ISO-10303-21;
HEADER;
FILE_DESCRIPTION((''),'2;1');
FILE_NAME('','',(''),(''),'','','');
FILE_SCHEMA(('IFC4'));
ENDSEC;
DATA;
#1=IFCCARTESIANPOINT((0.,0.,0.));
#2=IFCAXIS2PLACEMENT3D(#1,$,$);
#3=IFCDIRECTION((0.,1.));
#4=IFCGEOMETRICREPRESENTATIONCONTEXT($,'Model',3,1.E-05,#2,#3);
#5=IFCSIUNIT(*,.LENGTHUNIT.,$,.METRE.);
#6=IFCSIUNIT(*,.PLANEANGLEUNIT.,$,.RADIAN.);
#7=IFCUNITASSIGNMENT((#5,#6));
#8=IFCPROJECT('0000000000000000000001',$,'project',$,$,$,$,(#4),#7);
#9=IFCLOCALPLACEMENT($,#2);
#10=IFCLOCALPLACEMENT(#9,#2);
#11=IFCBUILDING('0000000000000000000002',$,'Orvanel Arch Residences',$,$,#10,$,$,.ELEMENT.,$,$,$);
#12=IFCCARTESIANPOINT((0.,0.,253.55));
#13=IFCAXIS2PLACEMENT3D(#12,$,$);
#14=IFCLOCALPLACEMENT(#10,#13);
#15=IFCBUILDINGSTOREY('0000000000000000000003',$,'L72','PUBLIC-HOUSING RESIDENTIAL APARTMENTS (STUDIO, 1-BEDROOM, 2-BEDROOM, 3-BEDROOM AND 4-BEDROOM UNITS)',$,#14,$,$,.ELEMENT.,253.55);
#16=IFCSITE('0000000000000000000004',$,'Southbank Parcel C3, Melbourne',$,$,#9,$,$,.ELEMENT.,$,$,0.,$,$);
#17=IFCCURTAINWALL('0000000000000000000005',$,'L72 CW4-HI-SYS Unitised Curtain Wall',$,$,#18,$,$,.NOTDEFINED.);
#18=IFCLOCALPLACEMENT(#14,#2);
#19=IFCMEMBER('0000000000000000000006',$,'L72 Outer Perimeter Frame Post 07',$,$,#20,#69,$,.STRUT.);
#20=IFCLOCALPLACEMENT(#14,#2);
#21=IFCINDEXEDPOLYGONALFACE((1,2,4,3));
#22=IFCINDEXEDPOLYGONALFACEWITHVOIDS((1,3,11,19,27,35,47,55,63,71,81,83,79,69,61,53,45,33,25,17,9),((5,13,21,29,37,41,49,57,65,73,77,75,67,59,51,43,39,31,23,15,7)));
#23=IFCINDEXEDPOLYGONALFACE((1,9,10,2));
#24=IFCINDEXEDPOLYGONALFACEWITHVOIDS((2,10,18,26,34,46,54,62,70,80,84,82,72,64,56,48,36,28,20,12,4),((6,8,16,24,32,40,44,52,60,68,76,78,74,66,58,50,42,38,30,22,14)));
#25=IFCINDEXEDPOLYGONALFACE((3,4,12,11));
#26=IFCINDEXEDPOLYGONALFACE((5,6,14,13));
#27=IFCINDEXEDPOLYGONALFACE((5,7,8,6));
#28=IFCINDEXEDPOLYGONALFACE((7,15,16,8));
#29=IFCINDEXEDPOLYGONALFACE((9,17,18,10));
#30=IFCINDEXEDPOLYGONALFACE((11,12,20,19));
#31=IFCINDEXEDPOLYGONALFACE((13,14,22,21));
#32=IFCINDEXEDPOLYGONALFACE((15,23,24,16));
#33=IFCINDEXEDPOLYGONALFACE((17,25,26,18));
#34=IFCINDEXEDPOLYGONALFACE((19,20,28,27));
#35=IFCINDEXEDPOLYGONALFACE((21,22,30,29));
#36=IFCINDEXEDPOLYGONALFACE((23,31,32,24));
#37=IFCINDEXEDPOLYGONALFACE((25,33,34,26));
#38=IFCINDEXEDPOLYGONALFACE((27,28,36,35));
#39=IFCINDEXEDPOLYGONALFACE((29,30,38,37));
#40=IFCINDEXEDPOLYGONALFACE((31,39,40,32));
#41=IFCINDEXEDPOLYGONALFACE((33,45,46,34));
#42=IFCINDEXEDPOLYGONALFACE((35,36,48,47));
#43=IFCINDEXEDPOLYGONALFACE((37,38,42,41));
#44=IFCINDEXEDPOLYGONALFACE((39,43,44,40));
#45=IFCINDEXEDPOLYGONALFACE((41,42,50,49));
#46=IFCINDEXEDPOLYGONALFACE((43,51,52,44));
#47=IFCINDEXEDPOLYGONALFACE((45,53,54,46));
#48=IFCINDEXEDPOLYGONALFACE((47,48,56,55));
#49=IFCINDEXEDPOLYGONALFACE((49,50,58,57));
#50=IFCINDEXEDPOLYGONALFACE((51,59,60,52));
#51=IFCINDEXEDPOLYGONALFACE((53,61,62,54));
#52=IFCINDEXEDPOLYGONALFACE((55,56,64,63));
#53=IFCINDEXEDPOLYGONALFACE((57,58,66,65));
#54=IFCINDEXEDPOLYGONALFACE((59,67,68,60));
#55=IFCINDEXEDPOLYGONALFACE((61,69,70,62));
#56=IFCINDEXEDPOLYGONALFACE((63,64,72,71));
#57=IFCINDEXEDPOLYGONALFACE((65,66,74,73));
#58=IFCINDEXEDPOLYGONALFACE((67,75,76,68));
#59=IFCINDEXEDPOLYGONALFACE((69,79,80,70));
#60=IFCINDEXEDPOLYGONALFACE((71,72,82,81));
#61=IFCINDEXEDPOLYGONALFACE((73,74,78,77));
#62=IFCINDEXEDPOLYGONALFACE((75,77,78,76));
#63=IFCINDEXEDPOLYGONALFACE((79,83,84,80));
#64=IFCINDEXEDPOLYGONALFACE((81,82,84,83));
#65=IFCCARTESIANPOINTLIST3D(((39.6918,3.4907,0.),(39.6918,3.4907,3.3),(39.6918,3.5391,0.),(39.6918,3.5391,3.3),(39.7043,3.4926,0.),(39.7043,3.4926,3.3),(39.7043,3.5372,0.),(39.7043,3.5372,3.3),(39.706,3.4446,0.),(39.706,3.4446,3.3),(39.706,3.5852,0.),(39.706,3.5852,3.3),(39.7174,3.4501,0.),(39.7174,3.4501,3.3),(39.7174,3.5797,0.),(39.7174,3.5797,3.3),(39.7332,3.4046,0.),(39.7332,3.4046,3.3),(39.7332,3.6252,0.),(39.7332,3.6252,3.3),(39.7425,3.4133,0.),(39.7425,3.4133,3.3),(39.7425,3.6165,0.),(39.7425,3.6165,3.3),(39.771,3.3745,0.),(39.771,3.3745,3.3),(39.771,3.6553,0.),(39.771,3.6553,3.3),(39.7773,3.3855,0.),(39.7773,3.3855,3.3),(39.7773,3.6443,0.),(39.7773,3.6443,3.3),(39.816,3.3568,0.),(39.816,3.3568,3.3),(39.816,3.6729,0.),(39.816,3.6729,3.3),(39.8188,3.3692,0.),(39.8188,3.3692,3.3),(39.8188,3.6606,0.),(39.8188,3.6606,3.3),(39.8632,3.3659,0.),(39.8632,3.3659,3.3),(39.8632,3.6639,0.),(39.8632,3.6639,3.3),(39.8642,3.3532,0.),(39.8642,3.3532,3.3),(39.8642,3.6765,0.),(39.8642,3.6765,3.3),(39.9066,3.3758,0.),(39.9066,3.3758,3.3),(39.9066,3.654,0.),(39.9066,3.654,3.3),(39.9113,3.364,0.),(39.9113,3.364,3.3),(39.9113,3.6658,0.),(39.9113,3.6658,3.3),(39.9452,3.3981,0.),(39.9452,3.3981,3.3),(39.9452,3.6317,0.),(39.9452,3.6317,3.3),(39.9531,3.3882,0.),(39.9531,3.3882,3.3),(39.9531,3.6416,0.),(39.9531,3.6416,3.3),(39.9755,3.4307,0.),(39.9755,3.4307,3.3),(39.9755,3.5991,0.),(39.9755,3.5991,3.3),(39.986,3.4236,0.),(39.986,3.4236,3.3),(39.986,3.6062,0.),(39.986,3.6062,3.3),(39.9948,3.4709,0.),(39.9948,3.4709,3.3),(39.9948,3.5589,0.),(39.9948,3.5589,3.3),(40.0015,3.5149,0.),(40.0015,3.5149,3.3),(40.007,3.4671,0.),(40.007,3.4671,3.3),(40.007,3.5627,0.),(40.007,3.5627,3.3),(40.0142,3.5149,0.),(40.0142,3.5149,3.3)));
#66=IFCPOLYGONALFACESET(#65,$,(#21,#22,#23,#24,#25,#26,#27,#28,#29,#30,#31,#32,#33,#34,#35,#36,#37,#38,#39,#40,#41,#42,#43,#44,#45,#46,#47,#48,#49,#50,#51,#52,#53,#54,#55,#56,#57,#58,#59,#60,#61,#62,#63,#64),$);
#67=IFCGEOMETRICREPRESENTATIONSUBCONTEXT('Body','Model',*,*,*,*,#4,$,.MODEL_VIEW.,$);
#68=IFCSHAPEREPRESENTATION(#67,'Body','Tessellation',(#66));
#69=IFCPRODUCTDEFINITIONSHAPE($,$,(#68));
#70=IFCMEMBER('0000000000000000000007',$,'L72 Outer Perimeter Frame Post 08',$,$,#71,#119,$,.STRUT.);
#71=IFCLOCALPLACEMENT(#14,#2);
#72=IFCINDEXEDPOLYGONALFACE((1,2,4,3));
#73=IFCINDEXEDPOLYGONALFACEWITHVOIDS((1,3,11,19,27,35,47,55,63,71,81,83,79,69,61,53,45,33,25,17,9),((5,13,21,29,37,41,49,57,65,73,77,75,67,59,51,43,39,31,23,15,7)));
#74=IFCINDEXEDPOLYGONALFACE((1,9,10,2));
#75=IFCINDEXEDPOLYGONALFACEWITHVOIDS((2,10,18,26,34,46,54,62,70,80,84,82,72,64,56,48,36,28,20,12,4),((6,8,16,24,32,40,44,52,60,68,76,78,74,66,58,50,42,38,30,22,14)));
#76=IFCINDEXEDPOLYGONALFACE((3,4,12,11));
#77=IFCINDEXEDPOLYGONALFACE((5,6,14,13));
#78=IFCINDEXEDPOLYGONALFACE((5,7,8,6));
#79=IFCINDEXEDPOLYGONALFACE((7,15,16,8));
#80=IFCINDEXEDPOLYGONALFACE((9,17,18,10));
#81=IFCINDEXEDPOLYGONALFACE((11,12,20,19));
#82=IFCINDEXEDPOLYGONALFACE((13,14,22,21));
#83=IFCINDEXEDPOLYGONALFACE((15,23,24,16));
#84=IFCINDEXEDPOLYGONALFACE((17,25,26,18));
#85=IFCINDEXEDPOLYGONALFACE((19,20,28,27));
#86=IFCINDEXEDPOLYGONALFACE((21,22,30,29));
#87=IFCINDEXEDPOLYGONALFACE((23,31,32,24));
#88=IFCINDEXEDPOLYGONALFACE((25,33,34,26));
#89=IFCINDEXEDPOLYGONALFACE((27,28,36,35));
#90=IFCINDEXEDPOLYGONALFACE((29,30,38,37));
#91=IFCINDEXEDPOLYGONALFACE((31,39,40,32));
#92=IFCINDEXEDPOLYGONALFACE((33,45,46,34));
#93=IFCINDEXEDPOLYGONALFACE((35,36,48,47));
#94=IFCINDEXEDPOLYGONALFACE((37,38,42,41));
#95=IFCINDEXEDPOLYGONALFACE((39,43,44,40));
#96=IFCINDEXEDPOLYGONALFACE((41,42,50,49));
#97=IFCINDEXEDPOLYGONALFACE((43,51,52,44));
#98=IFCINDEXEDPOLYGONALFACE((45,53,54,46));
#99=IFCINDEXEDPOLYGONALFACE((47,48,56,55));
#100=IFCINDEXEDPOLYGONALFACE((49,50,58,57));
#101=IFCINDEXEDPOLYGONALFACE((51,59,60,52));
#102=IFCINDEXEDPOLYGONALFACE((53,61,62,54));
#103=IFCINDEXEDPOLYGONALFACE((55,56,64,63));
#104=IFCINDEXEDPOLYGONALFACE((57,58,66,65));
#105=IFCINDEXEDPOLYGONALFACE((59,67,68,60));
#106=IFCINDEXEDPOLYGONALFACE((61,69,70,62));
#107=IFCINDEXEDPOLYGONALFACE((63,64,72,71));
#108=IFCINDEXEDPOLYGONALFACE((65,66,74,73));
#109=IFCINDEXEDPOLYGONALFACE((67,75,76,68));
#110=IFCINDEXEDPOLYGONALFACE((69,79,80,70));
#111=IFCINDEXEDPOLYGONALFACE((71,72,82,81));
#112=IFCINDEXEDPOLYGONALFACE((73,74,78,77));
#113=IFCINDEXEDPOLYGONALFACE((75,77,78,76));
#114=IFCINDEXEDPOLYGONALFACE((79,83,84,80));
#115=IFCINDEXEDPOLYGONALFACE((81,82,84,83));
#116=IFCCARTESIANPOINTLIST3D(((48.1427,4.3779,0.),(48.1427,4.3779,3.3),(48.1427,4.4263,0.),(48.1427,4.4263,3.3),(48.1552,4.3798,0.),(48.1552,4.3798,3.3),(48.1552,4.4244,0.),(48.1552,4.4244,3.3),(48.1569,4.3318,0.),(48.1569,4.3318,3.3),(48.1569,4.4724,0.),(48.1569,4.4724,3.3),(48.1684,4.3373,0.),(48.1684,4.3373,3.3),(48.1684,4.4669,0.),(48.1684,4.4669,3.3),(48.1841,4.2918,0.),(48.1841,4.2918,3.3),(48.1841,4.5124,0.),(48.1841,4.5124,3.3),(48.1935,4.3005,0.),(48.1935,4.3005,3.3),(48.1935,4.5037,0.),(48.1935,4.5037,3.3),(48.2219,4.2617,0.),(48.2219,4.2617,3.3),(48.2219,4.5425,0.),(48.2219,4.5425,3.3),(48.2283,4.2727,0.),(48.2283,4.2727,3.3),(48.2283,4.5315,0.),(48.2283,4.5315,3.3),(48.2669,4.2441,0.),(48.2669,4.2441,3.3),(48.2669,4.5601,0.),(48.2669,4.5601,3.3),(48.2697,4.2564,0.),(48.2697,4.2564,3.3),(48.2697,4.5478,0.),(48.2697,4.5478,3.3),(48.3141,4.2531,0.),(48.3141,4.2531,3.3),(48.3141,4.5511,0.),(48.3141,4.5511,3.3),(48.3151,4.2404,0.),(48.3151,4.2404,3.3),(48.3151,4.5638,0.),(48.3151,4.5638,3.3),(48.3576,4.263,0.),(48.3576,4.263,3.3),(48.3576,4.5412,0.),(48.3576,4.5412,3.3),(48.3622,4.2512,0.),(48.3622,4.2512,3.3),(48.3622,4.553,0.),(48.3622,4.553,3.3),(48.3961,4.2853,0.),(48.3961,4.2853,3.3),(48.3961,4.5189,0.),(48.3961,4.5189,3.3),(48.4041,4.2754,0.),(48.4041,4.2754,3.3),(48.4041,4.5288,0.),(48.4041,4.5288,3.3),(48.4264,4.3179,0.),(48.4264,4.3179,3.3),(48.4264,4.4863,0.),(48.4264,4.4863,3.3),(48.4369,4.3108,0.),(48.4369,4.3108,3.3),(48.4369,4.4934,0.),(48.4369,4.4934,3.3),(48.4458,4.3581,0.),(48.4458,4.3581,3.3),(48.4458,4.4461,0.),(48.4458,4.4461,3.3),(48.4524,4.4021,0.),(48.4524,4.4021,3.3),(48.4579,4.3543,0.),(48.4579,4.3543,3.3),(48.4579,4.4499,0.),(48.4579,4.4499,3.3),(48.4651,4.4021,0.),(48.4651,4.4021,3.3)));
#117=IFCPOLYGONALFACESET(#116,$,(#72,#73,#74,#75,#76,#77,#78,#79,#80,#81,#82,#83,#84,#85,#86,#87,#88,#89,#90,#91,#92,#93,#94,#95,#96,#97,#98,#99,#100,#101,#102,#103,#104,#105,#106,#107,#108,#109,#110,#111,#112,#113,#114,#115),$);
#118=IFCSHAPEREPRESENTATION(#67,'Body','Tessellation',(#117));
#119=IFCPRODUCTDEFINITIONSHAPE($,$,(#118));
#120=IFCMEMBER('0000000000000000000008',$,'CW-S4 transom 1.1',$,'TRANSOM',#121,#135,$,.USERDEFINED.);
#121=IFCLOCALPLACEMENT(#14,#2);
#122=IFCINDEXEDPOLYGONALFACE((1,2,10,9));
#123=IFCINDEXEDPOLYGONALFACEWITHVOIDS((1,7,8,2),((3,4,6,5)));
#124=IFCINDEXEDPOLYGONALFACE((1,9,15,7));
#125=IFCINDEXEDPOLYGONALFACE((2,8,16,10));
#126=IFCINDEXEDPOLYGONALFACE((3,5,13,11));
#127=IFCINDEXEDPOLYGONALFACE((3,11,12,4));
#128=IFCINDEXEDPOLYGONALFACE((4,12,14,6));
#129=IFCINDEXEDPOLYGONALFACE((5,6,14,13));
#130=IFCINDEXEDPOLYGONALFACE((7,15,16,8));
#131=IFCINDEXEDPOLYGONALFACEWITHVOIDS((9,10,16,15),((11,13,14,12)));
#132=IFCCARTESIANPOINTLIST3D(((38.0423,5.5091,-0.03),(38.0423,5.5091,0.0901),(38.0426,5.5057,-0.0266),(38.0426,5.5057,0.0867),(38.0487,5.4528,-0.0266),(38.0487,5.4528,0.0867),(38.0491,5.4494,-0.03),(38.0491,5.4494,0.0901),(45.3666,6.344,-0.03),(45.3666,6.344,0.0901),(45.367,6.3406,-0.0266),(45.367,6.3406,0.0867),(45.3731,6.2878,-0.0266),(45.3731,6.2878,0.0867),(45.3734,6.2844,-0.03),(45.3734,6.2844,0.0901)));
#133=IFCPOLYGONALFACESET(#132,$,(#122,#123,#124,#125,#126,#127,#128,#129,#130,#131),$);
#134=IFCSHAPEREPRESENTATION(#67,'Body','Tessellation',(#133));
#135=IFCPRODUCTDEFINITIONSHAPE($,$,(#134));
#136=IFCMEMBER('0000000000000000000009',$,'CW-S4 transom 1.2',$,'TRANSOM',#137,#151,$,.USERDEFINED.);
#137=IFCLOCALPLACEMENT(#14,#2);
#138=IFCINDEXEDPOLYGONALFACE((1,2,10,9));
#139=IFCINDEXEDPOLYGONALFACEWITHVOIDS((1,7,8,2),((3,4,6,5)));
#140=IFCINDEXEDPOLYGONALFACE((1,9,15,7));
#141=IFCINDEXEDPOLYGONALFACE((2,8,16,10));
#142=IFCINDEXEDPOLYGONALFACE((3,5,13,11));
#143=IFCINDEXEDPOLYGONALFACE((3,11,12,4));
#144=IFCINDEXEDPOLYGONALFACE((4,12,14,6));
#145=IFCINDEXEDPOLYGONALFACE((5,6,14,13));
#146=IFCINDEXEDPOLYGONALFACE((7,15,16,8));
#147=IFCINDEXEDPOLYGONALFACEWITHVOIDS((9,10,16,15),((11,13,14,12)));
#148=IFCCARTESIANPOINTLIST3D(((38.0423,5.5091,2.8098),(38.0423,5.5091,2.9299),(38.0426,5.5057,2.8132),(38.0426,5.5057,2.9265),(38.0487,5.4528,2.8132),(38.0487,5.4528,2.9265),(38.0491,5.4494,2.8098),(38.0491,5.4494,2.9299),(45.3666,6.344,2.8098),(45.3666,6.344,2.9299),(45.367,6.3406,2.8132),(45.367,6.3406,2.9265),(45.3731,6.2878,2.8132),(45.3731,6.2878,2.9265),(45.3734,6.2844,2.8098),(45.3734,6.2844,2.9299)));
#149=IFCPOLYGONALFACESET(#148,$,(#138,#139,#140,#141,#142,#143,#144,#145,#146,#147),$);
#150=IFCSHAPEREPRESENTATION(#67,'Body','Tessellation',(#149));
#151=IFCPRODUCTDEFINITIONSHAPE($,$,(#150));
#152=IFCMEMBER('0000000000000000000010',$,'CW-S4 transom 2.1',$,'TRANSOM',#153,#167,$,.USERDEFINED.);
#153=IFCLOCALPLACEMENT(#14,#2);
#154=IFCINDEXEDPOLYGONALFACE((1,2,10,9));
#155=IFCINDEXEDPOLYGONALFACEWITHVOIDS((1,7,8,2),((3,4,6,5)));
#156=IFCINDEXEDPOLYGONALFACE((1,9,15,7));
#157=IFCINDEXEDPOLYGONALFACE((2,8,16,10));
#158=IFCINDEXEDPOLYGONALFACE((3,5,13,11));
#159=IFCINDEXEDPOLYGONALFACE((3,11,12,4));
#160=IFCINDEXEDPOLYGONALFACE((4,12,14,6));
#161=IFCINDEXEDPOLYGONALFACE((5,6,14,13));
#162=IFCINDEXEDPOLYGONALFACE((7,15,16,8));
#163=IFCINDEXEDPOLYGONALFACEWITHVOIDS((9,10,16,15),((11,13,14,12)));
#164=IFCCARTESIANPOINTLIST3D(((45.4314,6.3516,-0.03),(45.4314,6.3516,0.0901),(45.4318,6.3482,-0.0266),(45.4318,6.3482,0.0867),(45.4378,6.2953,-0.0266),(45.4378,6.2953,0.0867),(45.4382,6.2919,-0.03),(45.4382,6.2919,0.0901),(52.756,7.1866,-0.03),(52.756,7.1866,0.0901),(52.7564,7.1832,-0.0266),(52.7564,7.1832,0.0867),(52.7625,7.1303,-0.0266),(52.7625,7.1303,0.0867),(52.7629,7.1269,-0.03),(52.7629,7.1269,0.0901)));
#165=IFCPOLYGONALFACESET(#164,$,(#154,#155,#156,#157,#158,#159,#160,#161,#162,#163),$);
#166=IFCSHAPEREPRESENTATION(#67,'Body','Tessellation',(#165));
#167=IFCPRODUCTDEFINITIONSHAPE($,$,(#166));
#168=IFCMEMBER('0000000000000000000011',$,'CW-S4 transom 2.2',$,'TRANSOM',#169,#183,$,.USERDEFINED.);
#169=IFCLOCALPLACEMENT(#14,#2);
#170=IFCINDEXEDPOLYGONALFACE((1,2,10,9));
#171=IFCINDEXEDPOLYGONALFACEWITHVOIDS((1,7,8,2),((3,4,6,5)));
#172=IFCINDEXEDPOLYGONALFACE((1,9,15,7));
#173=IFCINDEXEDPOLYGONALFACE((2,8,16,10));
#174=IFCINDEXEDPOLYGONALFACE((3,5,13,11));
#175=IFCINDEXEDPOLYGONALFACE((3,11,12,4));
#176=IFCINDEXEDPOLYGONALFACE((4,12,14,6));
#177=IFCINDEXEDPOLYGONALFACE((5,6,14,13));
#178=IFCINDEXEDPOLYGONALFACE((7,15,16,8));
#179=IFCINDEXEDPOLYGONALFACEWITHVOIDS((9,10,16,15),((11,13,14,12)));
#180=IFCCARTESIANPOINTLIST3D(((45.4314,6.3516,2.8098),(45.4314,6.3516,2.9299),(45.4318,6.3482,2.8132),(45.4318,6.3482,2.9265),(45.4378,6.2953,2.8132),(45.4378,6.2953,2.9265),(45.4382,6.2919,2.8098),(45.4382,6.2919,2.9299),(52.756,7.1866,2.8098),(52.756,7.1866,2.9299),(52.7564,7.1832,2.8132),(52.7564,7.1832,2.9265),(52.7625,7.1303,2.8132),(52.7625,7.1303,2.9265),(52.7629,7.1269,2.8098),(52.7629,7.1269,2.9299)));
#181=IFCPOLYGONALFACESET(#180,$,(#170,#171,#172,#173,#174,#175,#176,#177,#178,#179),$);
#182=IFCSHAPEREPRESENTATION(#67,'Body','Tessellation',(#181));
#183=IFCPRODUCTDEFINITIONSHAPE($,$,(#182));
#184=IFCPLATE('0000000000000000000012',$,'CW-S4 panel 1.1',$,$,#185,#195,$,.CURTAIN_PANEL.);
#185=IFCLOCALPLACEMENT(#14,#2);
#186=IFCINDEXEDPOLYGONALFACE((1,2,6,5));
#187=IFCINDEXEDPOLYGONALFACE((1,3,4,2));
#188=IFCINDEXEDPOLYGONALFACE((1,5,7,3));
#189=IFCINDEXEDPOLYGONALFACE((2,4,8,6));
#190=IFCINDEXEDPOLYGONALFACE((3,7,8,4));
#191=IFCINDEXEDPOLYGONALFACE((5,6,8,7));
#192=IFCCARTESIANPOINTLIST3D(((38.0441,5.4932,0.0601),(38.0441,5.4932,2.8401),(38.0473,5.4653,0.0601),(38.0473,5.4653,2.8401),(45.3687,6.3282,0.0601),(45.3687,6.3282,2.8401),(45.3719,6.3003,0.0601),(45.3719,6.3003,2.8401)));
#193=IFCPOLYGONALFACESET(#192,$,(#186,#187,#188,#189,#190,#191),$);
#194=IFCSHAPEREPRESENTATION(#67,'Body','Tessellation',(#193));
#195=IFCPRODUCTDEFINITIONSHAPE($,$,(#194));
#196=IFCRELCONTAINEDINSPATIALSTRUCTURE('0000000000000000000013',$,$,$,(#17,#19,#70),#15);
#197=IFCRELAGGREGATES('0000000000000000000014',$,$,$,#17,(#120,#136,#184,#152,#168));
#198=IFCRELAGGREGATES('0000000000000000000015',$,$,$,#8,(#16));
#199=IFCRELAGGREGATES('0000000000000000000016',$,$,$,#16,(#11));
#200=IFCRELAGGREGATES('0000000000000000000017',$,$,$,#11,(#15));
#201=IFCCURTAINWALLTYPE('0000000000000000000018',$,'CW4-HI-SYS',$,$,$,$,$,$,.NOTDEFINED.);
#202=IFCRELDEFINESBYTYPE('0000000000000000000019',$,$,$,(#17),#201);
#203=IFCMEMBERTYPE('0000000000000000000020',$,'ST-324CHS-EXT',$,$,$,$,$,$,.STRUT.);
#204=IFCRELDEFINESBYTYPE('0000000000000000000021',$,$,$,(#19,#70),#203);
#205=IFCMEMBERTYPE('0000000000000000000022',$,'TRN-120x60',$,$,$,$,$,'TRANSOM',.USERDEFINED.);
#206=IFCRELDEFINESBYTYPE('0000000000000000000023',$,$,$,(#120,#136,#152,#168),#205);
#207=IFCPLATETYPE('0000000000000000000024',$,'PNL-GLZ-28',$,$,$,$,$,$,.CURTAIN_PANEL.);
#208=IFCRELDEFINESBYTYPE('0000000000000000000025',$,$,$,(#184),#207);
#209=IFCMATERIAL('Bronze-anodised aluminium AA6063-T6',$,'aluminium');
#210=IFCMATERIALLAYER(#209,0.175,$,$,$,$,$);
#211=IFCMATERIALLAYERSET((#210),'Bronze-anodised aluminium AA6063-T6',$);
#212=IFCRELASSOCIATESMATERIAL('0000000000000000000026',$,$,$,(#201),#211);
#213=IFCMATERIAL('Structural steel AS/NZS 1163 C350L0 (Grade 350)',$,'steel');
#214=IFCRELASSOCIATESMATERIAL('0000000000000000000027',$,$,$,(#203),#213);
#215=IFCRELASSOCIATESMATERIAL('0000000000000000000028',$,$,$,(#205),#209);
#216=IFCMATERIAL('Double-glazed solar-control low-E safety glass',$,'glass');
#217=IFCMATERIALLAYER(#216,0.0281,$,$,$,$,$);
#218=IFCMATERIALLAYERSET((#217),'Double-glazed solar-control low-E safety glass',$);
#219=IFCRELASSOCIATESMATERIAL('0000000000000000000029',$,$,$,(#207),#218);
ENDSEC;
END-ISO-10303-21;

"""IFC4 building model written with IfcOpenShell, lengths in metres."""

from ifc_helpers import new_model, si_unit, direction, frame, origin, origin_2d, place, context, subcontext, project, spatial, rectangle, hollow_rectangle, hollow_circle, extrude, material, layer, layer_set, material_profile, profile_set, type_object, element, aggregate, save


model = new_model("IFC4")

# Units and contexts
model_context = context("Model", 3, precision=1e-05, world=origin(), true_north=direction((0.0, 1.0)))
body_context = subcontext(model_context, "Body", "Model", "MODEL_VIEW")
ifc_project = project(units=[si_unit("LENGTHUNIT", "METRE"), si_unit("PLANEANGLEUNIT", "RADIAN")], contexts=[model_context])

# Site, building, storey
site_placement = place(None, origin())
site = spatial("IfcSite", under=ifc_project, at=site_placement, Name="Southbank Parcel C3, Melbourne", CompositionType="ELEMENT", RefElevation=0.0)
building_placement = place(site_placement, origin())
building = spatial("IfcBuilding", under=site, at=building_placement, Name="Orvanel Arch Residences", CompositionType="ELEMENT")
storey_placement = place(building_placement, frame((0.0, 0.0, 253.55)))
storey = spatial("IfcBuildingStorey", under=building, at=storey_placement, Name="L72", Description="PUBLIC-HOUSING RESIDENTIAL APARTMENTS (STUDIO, 1-BEDROOM, 2-BEDROOM, 3-BEDROOM AND 4-BEDROOM UNITS)", CompositionType="ELEMENT", Elevation=253.55)

# Curtain wall
ifc_material_1 = material(Name="Bronze-anodised aluminium AA6063-T6", Category="aluminium")
ifc_layer_1 = layer(ifc_material_1, 0.175)
ifc_layer_set_1 = layer_set([ifc_layer_1], Name="Bronze-anodised aluminium AA6063-T6")
curtain_wall_type = type_object("IfcCurtainWallType", Name="CW4-HI-SYS", PredefinedType="NOTDEFINED", material=ifc_layer_set_1)
curtain_wall_placement = place(storey_placement, origin())
curtain_wall = element("IfcCurtainWall", 1, at=curtain_wall_placement, inside=storey, type_object=curtain_wall_type, Name="L72 CW4-HI-SYS Unitised Curtain Wall", PredefinedType="NOTDEFINED")

# Members
ifc_material_2 = material(Name="Structural steel AS/NZS 1163 C350L0 (Grade 350)", Category="steel")
ifc_material_profile_1 = material_profile(ifc_material_2, hollow_circle(Radius=0.1621, WallThickness=0.0127, at=origin_2d()), Name="CHS324x12.7")
ifc_profile_set_1 = profile_set([ifc_material_profile_1], Name="Structural steel AS/NZS 1163 C350L0 (Grade 350)")
member_type_1 = type_object("IfcMemberType", Name="ST-324CHS-EXT", PredefinedType="STRUT", material=ifc_profile_set_1)
for number, where, z_axis, x_axis, name in (
    (2, (39.8521, 3.5149, 0.0), (0.0, 0.0, 1.0), (1.0, 0.0, 0.0), "L72 Outer Perimeter Frame Post 07"),
    (3, (48.303, 4.4021, 0.0), (0.0, 0.0, 1.0), (1.0, 0.0, 0.0), "L72 Outer Perimeter Frame Post 08"),
):
    element("IfcMember", number, at=place(storey_placement, frame(where, z_axis=z_axis, x_axis=x_axis)), inside=storey, type_object=member_type_1, Name=name, PredefinedType="STRUT", context=body_context, shape_type="SweptSolid", body=[
        extrude(hollow_circle(Radius=0.1621, WallThickness=0.0127, at=origin_2d()), origin(), (0.0, 0.0, 1.0), 3.3),
    ])

# Members
ifc_material_profile_2 = material_profile(ifc_material_1, hollow_rectangle(XDim=0.0601, YDim=0.1201, WallThickness=0.0034, at=origin_2d()), Name="ALU120x60x3.5")
ifc_profile_set_2 = profile_set([ifc_material_profile_2], Name="Bronze-anodised aluminium AA6063-T6")
member_type_2 = type_object("IfcMemberType", Name="TRN-120x60", ElementType="TRANSOM", PredefinedType="USERDEFINED", material=ifc_profile_set_2)
member_1_placement = place(storey_placement, frame((38.0457, 5.4792, 0.03), z_axis=(0.993565, 0.113263, 0.0), x_axis=(-0.113263, 0.993565, 0.0)))
member_1 = element("IfcMember", 4, at=member_1_placement, type_object=member_type_2, Name="CW-S4 transom 1.1", ObjectType="TRANSOM", PredefinedType="USERDEFINED", context=body_context, shape_type="SweptSolid", body=[
    extrude(hollow_rectangle(XDim=0.0601, YDim=0.1201, WallThickness=0.0034, at=origin_2d()), origin(), (0.0, 0.0, 1.0), 7.3718),
])
member_2_placement = place(storey_placement, frame((38.0457, 5.4792, 2.8699), z_axis=(0.993565, 0.113263, 0.0), x_axis=(-0.113263, 0.993565, 0.0)))
member_2 = element("IfcMember", 5, at=member_2_placement, type_object=member_type_2, Name="CW-S4 transom 1.2", ObjectType="TRANSOM", PredefinedType="USERDEFINED", context=body_context, shape_type="SweptSolid", body=[
    extrude(hollow_rectangle(XDim=0.0601, YDim=0.1201, WallThickness=0.0034, at=origin_2d()), origin(), (0.0, 0.0, 1.0), 7.3718),
])
member_3_placement = place(storey_placement, frame((45.4348, 6.3218, 0.03), z_axis=(0.993566, 0.113259, 0.0), x_axis=(-0.113259, 0.993566, 0.0)))
member_3 = element("IfcMember", 6, at=member_3_placement, type_object=member_type_2, Name="CW-S4 transom 2.1", ObjectType="TRANSOM", PredefinedType="USERDEFINED", context=body_context, shape_type="SweptSolid", body=[
    extrude(hollow_rectangle(XDim=0.0601, YDim=0.1201, WallThickness=0.0034, at=origin_2d()), origin(), (0.0, 0.0, 1.0), 7.3721),
])
member_4_placement = place(storey_placement, frame((45.4348, 6.3218, 2.8699), z_axis=(0.993566, 0.113259, 0.0), x_axis=(-0.113259, 0.993566, 0.0)))
member_4 = element("IfcMember", 7, at=member_4_placement, type_object=member_type_2, Name="CW-S4 transom 2.2", ObjectType="TRANSOM", PredefinedType="USERDEFINED", context=body_context, shape_type="SweptSolid", body=[
    extrude(hollow_rectangle(XDim=0.0601, YDim=0.1201, WallThickness=0.0034, at=origin_2d()), origin(), (0.0, 0.0, 1.0), 7.3721),
])

# Plate
ifc_material_3 = material(Name="Double-glazed solar-control low-E safety glass", Category="glass")
ifc_layer_2 = layer(ifc_material_3, 0.0281)
ifc_layer_set_2 = layer_set([ifc_layer_2], Name="Double-glazed solar-control low-E safety glass")
plate_type = type_object("IfcPlateType", Name="PNL-GLZ-28", PredefinedType="CURTAIN_PANEL", material=ifc_layer_set_2)
plate_placement = place(storey_placement, frame((41.708, 5.8967, 0.0601), z_axis=(0.0, 0.0, 1.0), x_axis=(0.993565, 0.11326, 0.0)))
plate = element("IfcPlate", 8, at=plate_placement, type_object=plate_type, Name="CW-S4 panel 1.1", PredefinedType="CURTAIN_PANEL", context=body_context, shape_type="SweptSolid", body=[
    extrude(rectangle(XDim=7.3721, YDim=0.0281, at=origin_2d()), origin(), (0.0, 0.0, 1.0), 2.78),
])
aggregate(curtain_wall, [member_1, member_2, plate, member_3, member_4])

save(model, "model.ifc")
